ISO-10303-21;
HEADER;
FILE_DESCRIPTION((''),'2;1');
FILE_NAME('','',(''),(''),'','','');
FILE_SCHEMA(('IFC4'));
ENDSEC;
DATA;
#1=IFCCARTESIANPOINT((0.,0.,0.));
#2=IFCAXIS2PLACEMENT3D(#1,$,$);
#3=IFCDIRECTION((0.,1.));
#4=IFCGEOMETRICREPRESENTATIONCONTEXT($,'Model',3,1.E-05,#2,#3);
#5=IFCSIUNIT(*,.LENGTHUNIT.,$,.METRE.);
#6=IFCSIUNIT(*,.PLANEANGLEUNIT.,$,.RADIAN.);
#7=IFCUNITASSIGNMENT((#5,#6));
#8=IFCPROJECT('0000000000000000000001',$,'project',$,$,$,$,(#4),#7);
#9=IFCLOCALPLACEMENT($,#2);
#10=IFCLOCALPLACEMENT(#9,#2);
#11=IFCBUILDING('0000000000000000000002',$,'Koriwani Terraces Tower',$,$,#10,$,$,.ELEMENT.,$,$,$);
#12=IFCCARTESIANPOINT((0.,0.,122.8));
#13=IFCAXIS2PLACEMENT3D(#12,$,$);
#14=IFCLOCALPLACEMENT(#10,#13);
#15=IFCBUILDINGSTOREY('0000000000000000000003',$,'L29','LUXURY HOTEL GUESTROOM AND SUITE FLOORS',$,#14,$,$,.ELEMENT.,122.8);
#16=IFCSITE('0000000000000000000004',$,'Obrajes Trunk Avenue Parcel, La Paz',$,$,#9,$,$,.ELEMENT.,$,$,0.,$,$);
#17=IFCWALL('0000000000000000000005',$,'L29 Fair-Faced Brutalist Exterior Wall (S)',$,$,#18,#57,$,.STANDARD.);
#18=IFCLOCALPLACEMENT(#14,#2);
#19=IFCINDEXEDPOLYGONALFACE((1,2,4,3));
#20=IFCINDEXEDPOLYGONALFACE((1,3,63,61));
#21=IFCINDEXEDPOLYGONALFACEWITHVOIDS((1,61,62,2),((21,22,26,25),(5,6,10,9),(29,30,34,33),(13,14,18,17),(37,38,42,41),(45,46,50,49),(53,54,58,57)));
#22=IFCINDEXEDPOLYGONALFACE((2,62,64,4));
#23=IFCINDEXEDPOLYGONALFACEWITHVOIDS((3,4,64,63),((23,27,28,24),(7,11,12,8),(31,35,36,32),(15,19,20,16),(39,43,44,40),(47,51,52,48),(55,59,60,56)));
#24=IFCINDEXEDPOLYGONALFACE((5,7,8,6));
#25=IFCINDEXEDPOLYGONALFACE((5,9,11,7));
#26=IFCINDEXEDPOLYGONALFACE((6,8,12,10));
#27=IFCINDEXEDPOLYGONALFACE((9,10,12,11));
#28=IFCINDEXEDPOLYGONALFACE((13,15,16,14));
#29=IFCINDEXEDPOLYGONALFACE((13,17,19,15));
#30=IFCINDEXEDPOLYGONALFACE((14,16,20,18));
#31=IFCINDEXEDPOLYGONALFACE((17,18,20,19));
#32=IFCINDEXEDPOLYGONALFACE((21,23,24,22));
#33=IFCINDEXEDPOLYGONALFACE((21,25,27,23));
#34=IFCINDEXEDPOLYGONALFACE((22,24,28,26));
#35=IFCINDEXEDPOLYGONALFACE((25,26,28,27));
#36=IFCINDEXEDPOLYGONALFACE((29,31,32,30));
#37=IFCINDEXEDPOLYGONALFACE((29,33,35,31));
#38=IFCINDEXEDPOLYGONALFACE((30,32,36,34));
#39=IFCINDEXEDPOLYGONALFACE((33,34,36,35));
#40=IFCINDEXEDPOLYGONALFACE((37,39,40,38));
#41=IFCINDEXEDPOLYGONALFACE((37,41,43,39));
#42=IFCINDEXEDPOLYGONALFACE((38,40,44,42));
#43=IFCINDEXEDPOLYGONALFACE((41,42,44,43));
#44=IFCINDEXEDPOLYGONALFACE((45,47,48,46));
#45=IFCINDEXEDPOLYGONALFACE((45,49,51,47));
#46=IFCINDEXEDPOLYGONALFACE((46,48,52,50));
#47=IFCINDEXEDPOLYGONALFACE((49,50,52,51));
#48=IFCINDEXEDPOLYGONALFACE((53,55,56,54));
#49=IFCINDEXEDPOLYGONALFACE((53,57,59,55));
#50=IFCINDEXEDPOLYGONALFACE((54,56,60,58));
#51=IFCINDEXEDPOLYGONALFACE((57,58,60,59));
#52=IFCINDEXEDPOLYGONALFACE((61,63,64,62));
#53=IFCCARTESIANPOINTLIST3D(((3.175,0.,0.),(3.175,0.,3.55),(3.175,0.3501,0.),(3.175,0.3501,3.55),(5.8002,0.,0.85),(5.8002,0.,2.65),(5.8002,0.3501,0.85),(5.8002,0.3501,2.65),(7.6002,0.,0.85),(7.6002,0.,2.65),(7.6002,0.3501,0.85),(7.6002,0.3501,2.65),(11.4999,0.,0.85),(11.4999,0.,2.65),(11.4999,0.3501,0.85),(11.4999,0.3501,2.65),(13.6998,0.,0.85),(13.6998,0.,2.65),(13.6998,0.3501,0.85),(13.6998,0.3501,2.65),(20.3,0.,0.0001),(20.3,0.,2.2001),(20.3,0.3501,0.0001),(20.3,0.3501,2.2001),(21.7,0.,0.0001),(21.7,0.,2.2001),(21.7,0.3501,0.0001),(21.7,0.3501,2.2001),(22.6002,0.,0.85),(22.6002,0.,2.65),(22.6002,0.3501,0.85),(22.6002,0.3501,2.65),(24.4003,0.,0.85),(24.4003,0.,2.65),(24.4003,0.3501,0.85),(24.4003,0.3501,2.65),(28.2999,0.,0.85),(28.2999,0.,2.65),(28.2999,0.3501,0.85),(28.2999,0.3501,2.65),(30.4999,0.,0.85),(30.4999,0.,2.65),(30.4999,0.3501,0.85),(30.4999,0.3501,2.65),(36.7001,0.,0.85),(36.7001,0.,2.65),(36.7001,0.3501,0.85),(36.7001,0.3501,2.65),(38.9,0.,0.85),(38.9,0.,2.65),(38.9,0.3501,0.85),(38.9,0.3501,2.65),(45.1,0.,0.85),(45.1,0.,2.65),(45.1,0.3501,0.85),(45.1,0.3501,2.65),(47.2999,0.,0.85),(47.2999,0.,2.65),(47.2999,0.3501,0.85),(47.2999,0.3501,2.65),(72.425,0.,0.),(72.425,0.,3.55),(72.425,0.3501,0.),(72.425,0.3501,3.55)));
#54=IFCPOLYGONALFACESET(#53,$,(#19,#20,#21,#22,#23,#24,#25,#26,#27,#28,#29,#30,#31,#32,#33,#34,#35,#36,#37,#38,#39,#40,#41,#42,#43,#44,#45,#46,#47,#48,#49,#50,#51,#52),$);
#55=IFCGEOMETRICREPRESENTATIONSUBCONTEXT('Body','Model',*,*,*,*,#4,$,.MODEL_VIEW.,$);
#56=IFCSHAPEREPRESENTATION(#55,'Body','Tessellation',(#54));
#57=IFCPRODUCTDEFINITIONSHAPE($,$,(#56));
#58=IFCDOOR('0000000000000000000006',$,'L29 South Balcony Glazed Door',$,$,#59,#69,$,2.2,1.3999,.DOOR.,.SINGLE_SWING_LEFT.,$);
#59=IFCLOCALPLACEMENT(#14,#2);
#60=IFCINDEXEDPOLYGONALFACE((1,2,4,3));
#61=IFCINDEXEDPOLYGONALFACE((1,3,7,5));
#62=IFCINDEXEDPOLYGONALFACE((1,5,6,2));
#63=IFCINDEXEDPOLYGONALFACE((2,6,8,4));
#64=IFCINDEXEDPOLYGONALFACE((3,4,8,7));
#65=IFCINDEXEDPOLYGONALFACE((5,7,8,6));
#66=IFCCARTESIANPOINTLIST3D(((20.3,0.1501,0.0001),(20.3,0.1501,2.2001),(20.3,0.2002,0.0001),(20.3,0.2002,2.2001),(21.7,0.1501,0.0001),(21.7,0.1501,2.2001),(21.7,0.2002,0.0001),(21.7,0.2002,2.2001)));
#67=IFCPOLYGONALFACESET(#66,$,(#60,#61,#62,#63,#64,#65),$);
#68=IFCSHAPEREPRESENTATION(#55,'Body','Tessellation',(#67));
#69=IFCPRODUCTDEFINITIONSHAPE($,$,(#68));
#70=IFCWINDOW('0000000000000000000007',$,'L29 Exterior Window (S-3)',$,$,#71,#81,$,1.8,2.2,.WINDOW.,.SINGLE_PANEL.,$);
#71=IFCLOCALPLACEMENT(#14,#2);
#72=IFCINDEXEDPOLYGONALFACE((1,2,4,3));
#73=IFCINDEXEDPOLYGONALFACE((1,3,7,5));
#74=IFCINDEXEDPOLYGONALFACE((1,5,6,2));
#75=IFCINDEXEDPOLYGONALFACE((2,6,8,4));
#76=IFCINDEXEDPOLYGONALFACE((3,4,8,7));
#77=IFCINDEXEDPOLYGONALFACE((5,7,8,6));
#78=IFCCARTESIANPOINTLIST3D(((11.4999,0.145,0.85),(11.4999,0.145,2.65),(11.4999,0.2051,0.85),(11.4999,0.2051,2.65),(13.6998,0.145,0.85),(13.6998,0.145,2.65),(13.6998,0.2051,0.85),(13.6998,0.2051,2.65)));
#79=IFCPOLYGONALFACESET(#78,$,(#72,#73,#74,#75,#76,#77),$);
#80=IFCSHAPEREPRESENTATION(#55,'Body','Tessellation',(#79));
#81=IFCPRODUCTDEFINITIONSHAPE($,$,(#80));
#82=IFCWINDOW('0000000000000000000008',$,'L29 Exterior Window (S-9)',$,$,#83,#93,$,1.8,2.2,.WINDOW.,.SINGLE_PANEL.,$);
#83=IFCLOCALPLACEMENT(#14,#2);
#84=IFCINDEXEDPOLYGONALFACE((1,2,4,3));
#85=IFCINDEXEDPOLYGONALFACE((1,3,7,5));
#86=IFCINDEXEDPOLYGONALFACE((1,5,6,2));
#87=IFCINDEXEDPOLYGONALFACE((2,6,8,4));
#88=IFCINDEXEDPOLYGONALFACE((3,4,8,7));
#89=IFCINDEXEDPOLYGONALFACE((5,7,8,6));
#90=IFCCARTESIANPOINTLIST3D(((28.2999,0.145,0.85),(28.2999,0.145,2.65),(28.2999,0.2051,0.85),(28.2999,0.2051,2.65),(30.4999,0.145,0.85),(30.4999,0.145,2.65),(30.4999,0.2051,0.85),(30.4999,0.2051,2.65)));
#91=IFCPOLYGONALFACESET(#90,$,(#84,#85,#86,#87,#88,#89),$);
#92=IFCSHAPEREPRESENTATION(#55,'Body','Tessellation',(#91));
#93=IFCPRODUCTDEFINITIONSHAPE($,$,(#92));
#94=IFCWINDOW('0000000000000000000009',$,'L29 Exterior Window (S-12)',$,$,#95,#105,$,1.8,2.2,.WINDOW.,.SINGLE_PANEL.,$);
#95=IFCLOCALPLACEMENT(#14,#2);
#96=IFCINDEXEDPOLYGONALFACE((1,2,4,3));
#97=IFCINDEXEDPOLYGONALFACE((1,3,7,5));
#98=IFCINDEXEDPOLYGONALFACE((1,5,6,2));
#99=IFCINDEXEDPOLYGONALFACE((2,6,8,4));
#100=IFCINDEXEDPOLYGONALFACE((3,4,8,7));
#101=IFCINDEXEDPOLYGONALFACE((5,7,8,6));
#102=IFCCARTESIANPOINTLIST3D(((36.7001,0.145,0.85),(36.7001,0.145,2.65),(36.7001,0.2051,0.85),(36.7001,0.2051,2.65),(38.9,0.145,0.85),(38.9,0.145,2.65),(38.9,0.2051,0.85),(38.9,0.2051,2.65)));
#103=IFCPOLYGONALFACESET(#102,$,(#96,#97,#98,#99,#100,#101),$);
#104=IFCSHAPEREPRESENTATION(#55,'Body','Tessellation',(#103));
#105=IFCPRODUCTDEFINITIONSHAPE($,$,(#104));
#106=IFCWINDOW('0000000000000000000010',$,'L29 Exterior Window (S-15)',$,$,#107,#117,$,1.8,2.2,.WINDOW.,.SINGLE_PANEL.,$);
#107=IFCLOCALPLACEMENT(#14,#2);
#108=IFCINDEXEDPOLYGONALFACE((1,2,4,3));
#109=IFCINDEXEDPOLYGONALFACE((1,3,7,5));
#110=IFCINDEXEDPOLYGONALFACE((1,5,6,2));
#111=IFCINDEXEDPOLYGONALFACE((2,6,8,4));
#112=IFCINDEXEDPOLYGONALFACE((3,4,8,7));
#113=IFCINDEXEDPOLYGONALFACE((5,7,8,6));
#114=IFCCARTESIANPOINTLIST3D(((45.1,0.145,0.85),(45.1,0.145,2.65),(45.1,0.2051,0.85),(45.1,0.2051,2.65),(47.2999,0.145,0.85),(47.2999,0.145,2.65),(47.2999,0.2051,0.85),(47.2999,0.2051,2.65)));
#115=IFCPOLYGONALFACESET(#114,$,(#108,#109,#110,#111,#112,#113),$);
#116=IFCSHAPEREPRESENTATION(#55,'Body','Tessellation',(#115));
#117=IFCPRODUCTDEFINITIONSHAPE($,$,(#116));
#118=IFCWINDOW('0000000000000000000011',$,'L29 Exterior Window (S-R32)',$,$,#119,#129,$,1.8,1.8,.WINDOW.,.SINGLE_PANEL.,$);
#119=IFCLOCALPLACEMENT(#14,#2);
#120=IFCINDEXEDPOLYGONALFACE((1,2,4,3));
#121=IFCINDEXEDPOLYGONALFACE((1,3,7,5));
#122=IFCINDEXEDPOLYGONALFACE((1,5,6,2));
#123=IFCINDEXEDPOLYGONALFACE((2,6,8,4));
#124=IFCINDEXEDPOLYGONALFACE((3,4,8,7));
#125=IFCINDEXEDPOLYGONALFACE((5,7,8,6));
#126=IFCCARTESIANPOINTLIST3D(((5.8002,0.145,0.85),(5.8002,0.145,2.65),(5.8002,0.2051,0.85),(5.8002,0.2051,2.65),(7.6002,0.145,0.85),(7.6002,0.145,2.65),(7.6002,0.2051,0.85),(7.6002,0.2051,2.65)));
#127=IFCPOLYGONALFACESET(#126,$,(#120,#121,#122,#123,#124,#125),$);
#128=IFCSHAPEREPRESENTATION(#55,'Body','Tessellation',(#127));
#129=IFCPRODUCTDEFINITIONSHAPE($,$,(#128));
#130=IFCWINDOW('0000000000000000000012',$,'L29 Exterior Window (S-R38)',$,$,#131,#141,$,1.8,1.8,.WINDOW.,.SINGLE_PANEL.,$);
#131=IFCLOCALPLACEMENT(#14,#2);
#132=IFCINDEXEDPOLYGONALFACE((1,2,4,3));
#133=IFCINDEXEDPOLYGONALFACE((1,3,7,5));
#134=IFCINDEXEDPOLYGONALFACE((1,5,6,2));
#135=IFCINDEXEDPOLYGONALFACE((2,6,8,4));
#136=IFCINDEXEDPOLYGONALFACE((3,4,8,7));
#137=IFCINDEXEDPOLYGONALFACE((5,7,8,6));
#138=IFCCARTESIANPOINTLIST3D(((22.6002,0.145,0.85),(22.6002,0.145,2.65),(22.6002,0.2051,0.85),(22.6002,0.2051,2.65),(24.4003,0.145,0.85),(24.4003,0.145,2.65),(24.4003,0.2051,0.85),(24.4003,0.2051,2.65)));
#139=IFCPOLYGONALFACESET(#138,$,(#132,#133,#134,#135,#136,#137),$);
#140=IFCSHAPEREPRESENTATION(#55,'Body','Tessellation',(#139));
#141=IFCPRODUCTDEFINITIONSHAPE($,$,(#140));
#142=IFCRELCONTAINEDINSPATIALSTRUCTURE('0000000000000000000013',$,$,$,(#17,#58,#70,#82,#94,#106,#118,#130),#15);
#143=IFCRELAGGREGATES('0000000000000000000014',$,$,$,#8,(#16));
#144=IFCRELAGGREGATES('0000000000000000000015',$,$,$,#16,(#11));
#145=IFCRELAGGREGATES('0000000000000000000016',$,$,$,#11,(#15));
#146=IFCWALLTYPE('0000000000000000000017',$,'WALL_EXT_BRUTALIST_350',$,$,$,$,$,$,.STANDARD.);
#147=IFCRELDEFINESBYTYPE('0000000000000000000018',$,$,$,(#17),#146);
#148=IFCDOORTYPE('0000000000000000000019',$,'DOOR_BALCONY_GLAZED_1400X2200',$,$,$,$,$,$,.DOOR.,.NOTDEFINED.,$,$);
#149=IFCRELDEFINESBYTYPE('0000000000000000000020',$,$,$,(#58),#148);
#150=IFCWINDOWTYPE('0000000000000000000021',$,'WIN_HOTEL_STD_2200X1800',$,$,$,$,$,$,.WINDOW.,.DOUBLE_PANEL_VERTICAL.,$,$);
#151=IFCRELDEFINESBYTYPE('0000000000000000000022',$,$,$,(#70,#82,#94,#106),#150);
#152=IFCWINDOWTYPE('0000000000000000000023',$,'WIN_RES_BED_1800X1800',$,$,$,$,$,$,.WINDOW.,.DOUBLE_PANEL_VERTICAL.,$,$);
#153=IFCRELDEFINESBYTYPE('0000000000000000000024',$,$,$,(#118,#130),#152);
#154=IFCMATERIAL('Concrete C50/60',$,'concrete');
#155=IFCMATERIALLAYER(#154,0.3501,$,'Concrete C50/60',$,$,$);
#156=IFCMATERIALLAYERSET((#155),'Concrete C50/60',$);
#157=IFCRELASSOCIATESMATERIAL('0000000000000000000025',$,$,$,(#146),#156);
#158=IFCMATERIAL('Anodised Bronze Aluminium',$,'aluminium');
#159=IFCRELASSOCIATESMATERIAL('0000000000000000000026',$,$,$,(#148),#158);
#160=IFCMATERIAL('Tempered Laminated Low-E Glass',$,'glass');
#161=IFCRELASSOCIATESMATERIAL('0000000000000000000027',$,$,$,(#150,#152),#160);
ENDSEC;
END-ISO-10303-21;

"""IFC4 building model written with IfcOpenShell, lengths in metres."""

from ifc_helpers import new_model, si_unit, direction, frame, frame_2d, origin, place, context, subcontext, project, spatial, rectangle, extrude, material, layer, layer_set, type_object, element, fill, save


model = new_model("IFC4")

# Units and contexts
model_context = context("Model", 3, precision=1e-05, world=origin(), true_north=direction((0.0, 1.0)))
body_context = subcontext(model_context, "Body", "Model", "MODEL_VIEW")
ifc_project = project(units=[si_unit("LENGTHUNIT", "METRE"), si_unit("PLANEANGLEUNIT", "RADIAN")], contexts=[model_context])

# Site, building, storey
site_placement = place(None, origin())
site = spatial("IfcSite", under=ifc_project, at=site_placement, Name="Obrajes Trunk Avenue Parcel, La Paz", CompositionType="ELEMENT", RefElevation=0.0)
building_placement = place(site_placement, origin())
building = spatial("IfcBuilding", under=site, at=building_placement, Name="Koriwani Terraces Tower", CompositionType="ELEMENT")
storey_placement = place(building_placement, frame((0.0, 0.0, 122.8)))
storey = spatial("IfcBuildingStorey", under=building, at=storey_placement, Name="L29", Description="LUXURY HOTEL GUESTROOM AND SUITE FLOORS", CompositionType="ELEMENT", Elevation=122.8)

# Shared definitions
ifc_material_1 = material(Name="Concrete C50/60", Category="concrete")

# Shared definitions
ifc_layer_1 = layer(ifc_material_1, 0.3501, Name="Concrete C50/60")
ifc_layer_set_1 = layer_set([ifc_layer_1], Name="Concrete C50/60")
wall_type_1 = type_object("IfcWallType", Name="WALL_EXT_BRUTALIST_350", PredefinedType="STANDARD", material=ifc_layer_set_1)

# Wall, openings, door, windows
wall_1_placement = place(storey_placement, frame((72.425, 0.175, 0.0), z_axis=(0.0, 0.0, 1.0), x_axis=(-1.0, 0.0, 0.0)))
wall_1 = element("IfcWall", 1, at=wall_1_placement, inside=storey, type_object=wall_type_1, Name="L29 Fair-Faced Brutalist Exterior Wall (S)", PredefinedType="STANDARD", context=body_context, shape_type="SweptSolid", body=[
    extrude(rectangle(XDim=69.25, YDim=0.3501, at=frame_2d((34.625, 0.0))), origin(), (0.0, 0.0, 1.0), 3.55),
])
opening_1_placement = place(wall_1_placement, frame((50.7251, 0.0, 0.0)))
opening_1 = element("IfcOpeningElement", 2, at=opening_1_placement, cuts=wall_1, PredefinedType="OPENING", context=body_context, shape_type="SweptSolid", body=[
    extrude(rectangle(XDim=1.3999, YDim=2.2, at=frame_2d((0.7, 1.1001))), frame((0.0, 0.1851, 0.0), z_axis=(0.0, -1.0, 0.0), x_axis=(1.0, 0.0, 0.0)), (0.0, 0.0, 1.0), 0.3701),
])
opening_2_placement = place(wall_1_placement, frame((58.7251, 0.0, 0.8501)))
opening_2 = element("IfcOpeningElement", 3, at=opening_2_placement, cuts=wall_1, PredefinedType="OPENING", context=body_context, shape_type="SweptSolid", body=[
    extrude(rectangle(XDim=2.2, YDim=1.8, at=frame_2d((1.1001, 0.8999))), frame((0.0, 0.1851, 0.0), z_axis=(0.0, -1.0, 0.0), x_axis=(1.0, 0.0, 0.0)), (0.0, 0.0, 1.0), 0.3701),
])
opening_3_placement = place(wall_1_placement, frame((41.925, 0.0, 0.8501)))
opening_3 = element("IfcOpeningElement", 4, at=opening_3_placement, cuts=wall_1, PredefinedType="OPENING", context=body_context, shape_type="SweptSolid", body=[
    extrude(rectangle(XDim=2.2, YDim=1.8, at=frame_2d((1.1001, 0.8999))), frame((0.0, 0.1851, 0.0), z_axis=(0.0, -1.0, 0.0), x_axis=(1.0, 0.0, 0.0)), (0.0, 0.0, 1.0), 0.3701),
])
opening_4_placement = place(wall_1_placement, frame((33.5249, 0.0, 0.8501)))
opening_4 = element("IfcOpeningElement", 5, at=opening_4_placement, cuts=wall_1, PredefinedType="OPENING", context=body_context, shape_type="SweptSolid", body=[
    extrude(rectangle(XDim=2.2, YDim=1.8, at=frame_2d((1.1001, 0.8999))), frame((0.0, 0.1851, 0.0), z_axis=(0.0, -1.0, 0.0), x_axis=(1.0, 0.0, 0.0)), (0.0, 0.0, 1.0), 0.3701),
])
opening_5_placement = place(wall_1_placement, frame((25.125, 0.0, 0.8501)))
opening_5 = element("IfcOpeningElement", 6, at=opening_5_placement, cuts=wall_1, PredefinedType="OPENING", context=body_context, shape_type="SweptSolid", body=[
    extrude(rectangle(XDim=2.2, YDim=1.8, at=frame_2d((1.1001, 0.8999))), frame((0.0, 0.1851, 0.0), z_axis=(0.0, -1.0, 0.0), x_axis=(1.0, 0.0, 0.0)), (0.0, 0.0, 1.0), 0.3701),
])
opening_6_placement = place(wall_1_placement, frame((64.825, 0.0, 0.8501)))
opening_6 = element("IfcOpeningElement", 7, at=opening_6_placement, cuts=wall_1, PredefinedType="OPENING", context=body_context, shape_type="SweptSolid", body=[
    extrude(rectangle(XDim=1.8, YDim=1.8, at=frame_2d((0.8999, 0.8999))), frame((0.0, 0.1851, 0.0), z_axis=(0.0, -1.0, 0.0), x_axis=(1.0, 0.0, 0.0)), (0.0, 0.0, 1.0), 0.3701),
])
opening_7_placement = place(wall_1_placement, frame((48.0249, 0.0, 0.8501)))
opening_7 = element("IfcOpeningElement", 8, at=opening_7_placement, cuts=wall_1, PredefinedType="OPENING", context=body_context, shape_type="SweptSolid", body=[
    extrude(rectangle(XDim=1.8, YDim=1.8, at=frame_2d((0.8999, 0.8999))), frame((0.0, 0.1851, 0.0), z_axis=(0.0, -1.0, 0.0), x_axis=(1.0, 0.0, 0.0)), (0.0, 0.0, 1.0), 0.3701),
])
ifc_material_2 = material(Name="Anodised Bronze Aluminium", Category="aluminium")
door_type_1 = type_object("IfcDoorType", Name="DOOR_BALCONY_GLAZED_1400X2200", OperationType="NOTDEFINED", PredefinedType="DOOR", material=ifc_material_2)
door_1_placement = place(opening_1_placement, origin())
door_1 = element("IfcDoor", 9, at=door_1_placement, inside=storey, type_object=door_type_1, Name="L29 South Balcony Glazed Door", OperationType="SINGLE_SWING_LEFT", OverallHeight=2.2, OverallWidth=1.3999, PredefinedType="DOOR", context=body_context, shape_type="SweptSolid", body=[
    extrude(rectangle(XDim=1.3999, YDim=2.2, at=frame_2d((0.7, 1.1001))), frame((0.0, 0.0249, 0.0), z_axis=(0.0, -1.0, 0.0), x_axis=(1.0, 0.0, 0.0)), (0.0, 0.0, 1.0), 0.05),
])
fill(opening_1, door_1)
ifc_material_3 = material(Name="Tempered Laminated Low-E Glass", Category="glass")
window_type_1 = type_object("IfcWindowType", Name="WIN_HOTEL_STD_2200X1800", PartitioningType="DOUBLE_PANEL_VERTICAL", PredefinedType="WINDOW", material=ifc_material_3)
window_1_placement = place(opening_2_placement, origin())
window_1 = element("IfcWindow", 10, at=window_1_placement, inside=storey, type_object=window_type_1, Name="L29 Exterior Window (S-3)", OverallHeight=1.8, OverallWidth=2.2, PartitioningType="SINGLE_PANEL", PredefinedType="WINDOW", context=body_context, shape_type="SweptSolid", body=[
    extrude(rectangle(XDim=2.2, YDim=1.8, at=frame_2d((1.1001, 0.8999))), frame((0.0, 0.03, 0.0), z_axis=(0.0, -1.0, 0.0), x_axis=(1.0, 0.0, 0.0)), (0.0, 0.0, 1.0), 0.0601),
])
fill(opening_2, window_1)
window_2_placement = place(opening_3_placement, origin())
window_2 = element("IfcWindow", 11, at=window_2_placement, inside=storey, type_object=window_type_1, Name="L29 Exterior Window (S-9)", OverallHeight=1.8, OverallWidth=2.2, PartitioningType="SINGLE_PANEL", PredefinedType="WINDOW", context=body_context, shape_type="SweptSolid", body=[
    extrude(rectangle(XDim=2.2, YDim=1.8, at=frame_2d((1.1001, 0.8999))), frame((0.0, 0.03, 0.0), z_axis=(0.0, -1.0, 0.0), x_axis=(1.0, 0.0, 0.0)), (0.0, 0.0, 1.0), 0.0601),
])
fill(opening_3, window_2)
window_3_placement = place(opening_4_placement, origin())
window_3 = element("IfcWindow", 12, at=window_3_placement, inside=storey, type_object=window_type_1, Name="L29 Exterior Window (S-12)", OverallHeight=1.8, OverallWidth=2.2, PartitioningType="SINGLE_PANEL", PredefinedType="WINDOW", context=body_context, shape_type="SweptSolid", body=[
    extrude(rectangle(XDim=2.2, YDim=1.8, at=frame_2d((1.1001, 0.8999))), frame((0.0, 0.03, 0.0), z_axis=(0.0, -1.0, 0.0), x_axis=(1.0, 0.0, 0.0)), (0.0, 0.0, 1.0), 0.0601),
])
fill(opening_4, window_3)
window_4_placement = place(opening_5_placement, origin())
window_4 = element("IfcWindow", 13, at=window_4_placement, inside=storey, type_object=window_type_1, Name="L29 Exterior Window (S-15)", OverallHeight=1.8, OverallWidth=2.2, PartitioningType="SINGLE_PANEL", PredefinedType="WINDOW", context=body_context, shape_type="SweptSolid", body=[
    extrude(rectangle(XDim=2.2, YDim=1.8, at=frame_2d((1.1001, 0.8999))), frame((0.0, 0.03, 0.0), z_axis=(0.0, -1.0, 0.0), x_axis=(1.0, 0.0, 0.0)), (0.0, 0.0, 1.0), 0.0601),
])
fill(opening_5, window_4)
window_type_2 = type_object("IfcWindowType", Name="WIN_RES_BED_1800X1800", PartitioningType="DOUBLE_PANEL_VERTICAL", PredefinedType="WINDOW", material=ifc_material_3)
window_5_placement = place(opening_6_placement, origin())
window_5 = element("IfcWindow", 14, at=window_5_placement, inside=storey, type_object=window_type_2, Name="L29 Exterior Window (S-R32)", OverallHeight=1.8, OverallWidth=1.8, PartitioningType="SINGLE_PANEL", PredefinedType="WINDOW", context=body_context, shape_type="SweptSolid", body=[
    extrude(rectangle(XDim=1.8, YDim=1.8, at=frame_2d((0.8999, 0.8999))), frame((0.0, 0.03, 0.0), z_axis=(0.0, -1.0, 0.0), x_axis=(1.0, 0.0, 0.0)), (0.0, 0.0, 1.0), 0.0601),
])
fill(opening_6, window_5)
window_6_placement = place(opening_7_placement, origin())
window_6 = element("IfcWindow", 15, at=window_6_placement, inside=storey, type_object=window_type_2, Name="L29 Exterior Window (S-R38)", OverallHeight=1.8, OverallWidth=1.8, PartitioningType="SINGLE_PANEL", PredefinedType="WINDOW", context=body_context, shape_type="SweptSolid", body=[
    extrude(rectangle(XDim=1.8, YDim=1.8, at=frame_2d((0.8999, 0.8999))), frame((0.0, 0.03, 0.0), z_axis=(0.0, -1.0, 0.0), x_axis=(1.0, 0.0, 0.0)), (0.0, 0.0, 1.0), 0.0601),
])
fill(opening_7, window_6)

save(model, "model.ifc")
